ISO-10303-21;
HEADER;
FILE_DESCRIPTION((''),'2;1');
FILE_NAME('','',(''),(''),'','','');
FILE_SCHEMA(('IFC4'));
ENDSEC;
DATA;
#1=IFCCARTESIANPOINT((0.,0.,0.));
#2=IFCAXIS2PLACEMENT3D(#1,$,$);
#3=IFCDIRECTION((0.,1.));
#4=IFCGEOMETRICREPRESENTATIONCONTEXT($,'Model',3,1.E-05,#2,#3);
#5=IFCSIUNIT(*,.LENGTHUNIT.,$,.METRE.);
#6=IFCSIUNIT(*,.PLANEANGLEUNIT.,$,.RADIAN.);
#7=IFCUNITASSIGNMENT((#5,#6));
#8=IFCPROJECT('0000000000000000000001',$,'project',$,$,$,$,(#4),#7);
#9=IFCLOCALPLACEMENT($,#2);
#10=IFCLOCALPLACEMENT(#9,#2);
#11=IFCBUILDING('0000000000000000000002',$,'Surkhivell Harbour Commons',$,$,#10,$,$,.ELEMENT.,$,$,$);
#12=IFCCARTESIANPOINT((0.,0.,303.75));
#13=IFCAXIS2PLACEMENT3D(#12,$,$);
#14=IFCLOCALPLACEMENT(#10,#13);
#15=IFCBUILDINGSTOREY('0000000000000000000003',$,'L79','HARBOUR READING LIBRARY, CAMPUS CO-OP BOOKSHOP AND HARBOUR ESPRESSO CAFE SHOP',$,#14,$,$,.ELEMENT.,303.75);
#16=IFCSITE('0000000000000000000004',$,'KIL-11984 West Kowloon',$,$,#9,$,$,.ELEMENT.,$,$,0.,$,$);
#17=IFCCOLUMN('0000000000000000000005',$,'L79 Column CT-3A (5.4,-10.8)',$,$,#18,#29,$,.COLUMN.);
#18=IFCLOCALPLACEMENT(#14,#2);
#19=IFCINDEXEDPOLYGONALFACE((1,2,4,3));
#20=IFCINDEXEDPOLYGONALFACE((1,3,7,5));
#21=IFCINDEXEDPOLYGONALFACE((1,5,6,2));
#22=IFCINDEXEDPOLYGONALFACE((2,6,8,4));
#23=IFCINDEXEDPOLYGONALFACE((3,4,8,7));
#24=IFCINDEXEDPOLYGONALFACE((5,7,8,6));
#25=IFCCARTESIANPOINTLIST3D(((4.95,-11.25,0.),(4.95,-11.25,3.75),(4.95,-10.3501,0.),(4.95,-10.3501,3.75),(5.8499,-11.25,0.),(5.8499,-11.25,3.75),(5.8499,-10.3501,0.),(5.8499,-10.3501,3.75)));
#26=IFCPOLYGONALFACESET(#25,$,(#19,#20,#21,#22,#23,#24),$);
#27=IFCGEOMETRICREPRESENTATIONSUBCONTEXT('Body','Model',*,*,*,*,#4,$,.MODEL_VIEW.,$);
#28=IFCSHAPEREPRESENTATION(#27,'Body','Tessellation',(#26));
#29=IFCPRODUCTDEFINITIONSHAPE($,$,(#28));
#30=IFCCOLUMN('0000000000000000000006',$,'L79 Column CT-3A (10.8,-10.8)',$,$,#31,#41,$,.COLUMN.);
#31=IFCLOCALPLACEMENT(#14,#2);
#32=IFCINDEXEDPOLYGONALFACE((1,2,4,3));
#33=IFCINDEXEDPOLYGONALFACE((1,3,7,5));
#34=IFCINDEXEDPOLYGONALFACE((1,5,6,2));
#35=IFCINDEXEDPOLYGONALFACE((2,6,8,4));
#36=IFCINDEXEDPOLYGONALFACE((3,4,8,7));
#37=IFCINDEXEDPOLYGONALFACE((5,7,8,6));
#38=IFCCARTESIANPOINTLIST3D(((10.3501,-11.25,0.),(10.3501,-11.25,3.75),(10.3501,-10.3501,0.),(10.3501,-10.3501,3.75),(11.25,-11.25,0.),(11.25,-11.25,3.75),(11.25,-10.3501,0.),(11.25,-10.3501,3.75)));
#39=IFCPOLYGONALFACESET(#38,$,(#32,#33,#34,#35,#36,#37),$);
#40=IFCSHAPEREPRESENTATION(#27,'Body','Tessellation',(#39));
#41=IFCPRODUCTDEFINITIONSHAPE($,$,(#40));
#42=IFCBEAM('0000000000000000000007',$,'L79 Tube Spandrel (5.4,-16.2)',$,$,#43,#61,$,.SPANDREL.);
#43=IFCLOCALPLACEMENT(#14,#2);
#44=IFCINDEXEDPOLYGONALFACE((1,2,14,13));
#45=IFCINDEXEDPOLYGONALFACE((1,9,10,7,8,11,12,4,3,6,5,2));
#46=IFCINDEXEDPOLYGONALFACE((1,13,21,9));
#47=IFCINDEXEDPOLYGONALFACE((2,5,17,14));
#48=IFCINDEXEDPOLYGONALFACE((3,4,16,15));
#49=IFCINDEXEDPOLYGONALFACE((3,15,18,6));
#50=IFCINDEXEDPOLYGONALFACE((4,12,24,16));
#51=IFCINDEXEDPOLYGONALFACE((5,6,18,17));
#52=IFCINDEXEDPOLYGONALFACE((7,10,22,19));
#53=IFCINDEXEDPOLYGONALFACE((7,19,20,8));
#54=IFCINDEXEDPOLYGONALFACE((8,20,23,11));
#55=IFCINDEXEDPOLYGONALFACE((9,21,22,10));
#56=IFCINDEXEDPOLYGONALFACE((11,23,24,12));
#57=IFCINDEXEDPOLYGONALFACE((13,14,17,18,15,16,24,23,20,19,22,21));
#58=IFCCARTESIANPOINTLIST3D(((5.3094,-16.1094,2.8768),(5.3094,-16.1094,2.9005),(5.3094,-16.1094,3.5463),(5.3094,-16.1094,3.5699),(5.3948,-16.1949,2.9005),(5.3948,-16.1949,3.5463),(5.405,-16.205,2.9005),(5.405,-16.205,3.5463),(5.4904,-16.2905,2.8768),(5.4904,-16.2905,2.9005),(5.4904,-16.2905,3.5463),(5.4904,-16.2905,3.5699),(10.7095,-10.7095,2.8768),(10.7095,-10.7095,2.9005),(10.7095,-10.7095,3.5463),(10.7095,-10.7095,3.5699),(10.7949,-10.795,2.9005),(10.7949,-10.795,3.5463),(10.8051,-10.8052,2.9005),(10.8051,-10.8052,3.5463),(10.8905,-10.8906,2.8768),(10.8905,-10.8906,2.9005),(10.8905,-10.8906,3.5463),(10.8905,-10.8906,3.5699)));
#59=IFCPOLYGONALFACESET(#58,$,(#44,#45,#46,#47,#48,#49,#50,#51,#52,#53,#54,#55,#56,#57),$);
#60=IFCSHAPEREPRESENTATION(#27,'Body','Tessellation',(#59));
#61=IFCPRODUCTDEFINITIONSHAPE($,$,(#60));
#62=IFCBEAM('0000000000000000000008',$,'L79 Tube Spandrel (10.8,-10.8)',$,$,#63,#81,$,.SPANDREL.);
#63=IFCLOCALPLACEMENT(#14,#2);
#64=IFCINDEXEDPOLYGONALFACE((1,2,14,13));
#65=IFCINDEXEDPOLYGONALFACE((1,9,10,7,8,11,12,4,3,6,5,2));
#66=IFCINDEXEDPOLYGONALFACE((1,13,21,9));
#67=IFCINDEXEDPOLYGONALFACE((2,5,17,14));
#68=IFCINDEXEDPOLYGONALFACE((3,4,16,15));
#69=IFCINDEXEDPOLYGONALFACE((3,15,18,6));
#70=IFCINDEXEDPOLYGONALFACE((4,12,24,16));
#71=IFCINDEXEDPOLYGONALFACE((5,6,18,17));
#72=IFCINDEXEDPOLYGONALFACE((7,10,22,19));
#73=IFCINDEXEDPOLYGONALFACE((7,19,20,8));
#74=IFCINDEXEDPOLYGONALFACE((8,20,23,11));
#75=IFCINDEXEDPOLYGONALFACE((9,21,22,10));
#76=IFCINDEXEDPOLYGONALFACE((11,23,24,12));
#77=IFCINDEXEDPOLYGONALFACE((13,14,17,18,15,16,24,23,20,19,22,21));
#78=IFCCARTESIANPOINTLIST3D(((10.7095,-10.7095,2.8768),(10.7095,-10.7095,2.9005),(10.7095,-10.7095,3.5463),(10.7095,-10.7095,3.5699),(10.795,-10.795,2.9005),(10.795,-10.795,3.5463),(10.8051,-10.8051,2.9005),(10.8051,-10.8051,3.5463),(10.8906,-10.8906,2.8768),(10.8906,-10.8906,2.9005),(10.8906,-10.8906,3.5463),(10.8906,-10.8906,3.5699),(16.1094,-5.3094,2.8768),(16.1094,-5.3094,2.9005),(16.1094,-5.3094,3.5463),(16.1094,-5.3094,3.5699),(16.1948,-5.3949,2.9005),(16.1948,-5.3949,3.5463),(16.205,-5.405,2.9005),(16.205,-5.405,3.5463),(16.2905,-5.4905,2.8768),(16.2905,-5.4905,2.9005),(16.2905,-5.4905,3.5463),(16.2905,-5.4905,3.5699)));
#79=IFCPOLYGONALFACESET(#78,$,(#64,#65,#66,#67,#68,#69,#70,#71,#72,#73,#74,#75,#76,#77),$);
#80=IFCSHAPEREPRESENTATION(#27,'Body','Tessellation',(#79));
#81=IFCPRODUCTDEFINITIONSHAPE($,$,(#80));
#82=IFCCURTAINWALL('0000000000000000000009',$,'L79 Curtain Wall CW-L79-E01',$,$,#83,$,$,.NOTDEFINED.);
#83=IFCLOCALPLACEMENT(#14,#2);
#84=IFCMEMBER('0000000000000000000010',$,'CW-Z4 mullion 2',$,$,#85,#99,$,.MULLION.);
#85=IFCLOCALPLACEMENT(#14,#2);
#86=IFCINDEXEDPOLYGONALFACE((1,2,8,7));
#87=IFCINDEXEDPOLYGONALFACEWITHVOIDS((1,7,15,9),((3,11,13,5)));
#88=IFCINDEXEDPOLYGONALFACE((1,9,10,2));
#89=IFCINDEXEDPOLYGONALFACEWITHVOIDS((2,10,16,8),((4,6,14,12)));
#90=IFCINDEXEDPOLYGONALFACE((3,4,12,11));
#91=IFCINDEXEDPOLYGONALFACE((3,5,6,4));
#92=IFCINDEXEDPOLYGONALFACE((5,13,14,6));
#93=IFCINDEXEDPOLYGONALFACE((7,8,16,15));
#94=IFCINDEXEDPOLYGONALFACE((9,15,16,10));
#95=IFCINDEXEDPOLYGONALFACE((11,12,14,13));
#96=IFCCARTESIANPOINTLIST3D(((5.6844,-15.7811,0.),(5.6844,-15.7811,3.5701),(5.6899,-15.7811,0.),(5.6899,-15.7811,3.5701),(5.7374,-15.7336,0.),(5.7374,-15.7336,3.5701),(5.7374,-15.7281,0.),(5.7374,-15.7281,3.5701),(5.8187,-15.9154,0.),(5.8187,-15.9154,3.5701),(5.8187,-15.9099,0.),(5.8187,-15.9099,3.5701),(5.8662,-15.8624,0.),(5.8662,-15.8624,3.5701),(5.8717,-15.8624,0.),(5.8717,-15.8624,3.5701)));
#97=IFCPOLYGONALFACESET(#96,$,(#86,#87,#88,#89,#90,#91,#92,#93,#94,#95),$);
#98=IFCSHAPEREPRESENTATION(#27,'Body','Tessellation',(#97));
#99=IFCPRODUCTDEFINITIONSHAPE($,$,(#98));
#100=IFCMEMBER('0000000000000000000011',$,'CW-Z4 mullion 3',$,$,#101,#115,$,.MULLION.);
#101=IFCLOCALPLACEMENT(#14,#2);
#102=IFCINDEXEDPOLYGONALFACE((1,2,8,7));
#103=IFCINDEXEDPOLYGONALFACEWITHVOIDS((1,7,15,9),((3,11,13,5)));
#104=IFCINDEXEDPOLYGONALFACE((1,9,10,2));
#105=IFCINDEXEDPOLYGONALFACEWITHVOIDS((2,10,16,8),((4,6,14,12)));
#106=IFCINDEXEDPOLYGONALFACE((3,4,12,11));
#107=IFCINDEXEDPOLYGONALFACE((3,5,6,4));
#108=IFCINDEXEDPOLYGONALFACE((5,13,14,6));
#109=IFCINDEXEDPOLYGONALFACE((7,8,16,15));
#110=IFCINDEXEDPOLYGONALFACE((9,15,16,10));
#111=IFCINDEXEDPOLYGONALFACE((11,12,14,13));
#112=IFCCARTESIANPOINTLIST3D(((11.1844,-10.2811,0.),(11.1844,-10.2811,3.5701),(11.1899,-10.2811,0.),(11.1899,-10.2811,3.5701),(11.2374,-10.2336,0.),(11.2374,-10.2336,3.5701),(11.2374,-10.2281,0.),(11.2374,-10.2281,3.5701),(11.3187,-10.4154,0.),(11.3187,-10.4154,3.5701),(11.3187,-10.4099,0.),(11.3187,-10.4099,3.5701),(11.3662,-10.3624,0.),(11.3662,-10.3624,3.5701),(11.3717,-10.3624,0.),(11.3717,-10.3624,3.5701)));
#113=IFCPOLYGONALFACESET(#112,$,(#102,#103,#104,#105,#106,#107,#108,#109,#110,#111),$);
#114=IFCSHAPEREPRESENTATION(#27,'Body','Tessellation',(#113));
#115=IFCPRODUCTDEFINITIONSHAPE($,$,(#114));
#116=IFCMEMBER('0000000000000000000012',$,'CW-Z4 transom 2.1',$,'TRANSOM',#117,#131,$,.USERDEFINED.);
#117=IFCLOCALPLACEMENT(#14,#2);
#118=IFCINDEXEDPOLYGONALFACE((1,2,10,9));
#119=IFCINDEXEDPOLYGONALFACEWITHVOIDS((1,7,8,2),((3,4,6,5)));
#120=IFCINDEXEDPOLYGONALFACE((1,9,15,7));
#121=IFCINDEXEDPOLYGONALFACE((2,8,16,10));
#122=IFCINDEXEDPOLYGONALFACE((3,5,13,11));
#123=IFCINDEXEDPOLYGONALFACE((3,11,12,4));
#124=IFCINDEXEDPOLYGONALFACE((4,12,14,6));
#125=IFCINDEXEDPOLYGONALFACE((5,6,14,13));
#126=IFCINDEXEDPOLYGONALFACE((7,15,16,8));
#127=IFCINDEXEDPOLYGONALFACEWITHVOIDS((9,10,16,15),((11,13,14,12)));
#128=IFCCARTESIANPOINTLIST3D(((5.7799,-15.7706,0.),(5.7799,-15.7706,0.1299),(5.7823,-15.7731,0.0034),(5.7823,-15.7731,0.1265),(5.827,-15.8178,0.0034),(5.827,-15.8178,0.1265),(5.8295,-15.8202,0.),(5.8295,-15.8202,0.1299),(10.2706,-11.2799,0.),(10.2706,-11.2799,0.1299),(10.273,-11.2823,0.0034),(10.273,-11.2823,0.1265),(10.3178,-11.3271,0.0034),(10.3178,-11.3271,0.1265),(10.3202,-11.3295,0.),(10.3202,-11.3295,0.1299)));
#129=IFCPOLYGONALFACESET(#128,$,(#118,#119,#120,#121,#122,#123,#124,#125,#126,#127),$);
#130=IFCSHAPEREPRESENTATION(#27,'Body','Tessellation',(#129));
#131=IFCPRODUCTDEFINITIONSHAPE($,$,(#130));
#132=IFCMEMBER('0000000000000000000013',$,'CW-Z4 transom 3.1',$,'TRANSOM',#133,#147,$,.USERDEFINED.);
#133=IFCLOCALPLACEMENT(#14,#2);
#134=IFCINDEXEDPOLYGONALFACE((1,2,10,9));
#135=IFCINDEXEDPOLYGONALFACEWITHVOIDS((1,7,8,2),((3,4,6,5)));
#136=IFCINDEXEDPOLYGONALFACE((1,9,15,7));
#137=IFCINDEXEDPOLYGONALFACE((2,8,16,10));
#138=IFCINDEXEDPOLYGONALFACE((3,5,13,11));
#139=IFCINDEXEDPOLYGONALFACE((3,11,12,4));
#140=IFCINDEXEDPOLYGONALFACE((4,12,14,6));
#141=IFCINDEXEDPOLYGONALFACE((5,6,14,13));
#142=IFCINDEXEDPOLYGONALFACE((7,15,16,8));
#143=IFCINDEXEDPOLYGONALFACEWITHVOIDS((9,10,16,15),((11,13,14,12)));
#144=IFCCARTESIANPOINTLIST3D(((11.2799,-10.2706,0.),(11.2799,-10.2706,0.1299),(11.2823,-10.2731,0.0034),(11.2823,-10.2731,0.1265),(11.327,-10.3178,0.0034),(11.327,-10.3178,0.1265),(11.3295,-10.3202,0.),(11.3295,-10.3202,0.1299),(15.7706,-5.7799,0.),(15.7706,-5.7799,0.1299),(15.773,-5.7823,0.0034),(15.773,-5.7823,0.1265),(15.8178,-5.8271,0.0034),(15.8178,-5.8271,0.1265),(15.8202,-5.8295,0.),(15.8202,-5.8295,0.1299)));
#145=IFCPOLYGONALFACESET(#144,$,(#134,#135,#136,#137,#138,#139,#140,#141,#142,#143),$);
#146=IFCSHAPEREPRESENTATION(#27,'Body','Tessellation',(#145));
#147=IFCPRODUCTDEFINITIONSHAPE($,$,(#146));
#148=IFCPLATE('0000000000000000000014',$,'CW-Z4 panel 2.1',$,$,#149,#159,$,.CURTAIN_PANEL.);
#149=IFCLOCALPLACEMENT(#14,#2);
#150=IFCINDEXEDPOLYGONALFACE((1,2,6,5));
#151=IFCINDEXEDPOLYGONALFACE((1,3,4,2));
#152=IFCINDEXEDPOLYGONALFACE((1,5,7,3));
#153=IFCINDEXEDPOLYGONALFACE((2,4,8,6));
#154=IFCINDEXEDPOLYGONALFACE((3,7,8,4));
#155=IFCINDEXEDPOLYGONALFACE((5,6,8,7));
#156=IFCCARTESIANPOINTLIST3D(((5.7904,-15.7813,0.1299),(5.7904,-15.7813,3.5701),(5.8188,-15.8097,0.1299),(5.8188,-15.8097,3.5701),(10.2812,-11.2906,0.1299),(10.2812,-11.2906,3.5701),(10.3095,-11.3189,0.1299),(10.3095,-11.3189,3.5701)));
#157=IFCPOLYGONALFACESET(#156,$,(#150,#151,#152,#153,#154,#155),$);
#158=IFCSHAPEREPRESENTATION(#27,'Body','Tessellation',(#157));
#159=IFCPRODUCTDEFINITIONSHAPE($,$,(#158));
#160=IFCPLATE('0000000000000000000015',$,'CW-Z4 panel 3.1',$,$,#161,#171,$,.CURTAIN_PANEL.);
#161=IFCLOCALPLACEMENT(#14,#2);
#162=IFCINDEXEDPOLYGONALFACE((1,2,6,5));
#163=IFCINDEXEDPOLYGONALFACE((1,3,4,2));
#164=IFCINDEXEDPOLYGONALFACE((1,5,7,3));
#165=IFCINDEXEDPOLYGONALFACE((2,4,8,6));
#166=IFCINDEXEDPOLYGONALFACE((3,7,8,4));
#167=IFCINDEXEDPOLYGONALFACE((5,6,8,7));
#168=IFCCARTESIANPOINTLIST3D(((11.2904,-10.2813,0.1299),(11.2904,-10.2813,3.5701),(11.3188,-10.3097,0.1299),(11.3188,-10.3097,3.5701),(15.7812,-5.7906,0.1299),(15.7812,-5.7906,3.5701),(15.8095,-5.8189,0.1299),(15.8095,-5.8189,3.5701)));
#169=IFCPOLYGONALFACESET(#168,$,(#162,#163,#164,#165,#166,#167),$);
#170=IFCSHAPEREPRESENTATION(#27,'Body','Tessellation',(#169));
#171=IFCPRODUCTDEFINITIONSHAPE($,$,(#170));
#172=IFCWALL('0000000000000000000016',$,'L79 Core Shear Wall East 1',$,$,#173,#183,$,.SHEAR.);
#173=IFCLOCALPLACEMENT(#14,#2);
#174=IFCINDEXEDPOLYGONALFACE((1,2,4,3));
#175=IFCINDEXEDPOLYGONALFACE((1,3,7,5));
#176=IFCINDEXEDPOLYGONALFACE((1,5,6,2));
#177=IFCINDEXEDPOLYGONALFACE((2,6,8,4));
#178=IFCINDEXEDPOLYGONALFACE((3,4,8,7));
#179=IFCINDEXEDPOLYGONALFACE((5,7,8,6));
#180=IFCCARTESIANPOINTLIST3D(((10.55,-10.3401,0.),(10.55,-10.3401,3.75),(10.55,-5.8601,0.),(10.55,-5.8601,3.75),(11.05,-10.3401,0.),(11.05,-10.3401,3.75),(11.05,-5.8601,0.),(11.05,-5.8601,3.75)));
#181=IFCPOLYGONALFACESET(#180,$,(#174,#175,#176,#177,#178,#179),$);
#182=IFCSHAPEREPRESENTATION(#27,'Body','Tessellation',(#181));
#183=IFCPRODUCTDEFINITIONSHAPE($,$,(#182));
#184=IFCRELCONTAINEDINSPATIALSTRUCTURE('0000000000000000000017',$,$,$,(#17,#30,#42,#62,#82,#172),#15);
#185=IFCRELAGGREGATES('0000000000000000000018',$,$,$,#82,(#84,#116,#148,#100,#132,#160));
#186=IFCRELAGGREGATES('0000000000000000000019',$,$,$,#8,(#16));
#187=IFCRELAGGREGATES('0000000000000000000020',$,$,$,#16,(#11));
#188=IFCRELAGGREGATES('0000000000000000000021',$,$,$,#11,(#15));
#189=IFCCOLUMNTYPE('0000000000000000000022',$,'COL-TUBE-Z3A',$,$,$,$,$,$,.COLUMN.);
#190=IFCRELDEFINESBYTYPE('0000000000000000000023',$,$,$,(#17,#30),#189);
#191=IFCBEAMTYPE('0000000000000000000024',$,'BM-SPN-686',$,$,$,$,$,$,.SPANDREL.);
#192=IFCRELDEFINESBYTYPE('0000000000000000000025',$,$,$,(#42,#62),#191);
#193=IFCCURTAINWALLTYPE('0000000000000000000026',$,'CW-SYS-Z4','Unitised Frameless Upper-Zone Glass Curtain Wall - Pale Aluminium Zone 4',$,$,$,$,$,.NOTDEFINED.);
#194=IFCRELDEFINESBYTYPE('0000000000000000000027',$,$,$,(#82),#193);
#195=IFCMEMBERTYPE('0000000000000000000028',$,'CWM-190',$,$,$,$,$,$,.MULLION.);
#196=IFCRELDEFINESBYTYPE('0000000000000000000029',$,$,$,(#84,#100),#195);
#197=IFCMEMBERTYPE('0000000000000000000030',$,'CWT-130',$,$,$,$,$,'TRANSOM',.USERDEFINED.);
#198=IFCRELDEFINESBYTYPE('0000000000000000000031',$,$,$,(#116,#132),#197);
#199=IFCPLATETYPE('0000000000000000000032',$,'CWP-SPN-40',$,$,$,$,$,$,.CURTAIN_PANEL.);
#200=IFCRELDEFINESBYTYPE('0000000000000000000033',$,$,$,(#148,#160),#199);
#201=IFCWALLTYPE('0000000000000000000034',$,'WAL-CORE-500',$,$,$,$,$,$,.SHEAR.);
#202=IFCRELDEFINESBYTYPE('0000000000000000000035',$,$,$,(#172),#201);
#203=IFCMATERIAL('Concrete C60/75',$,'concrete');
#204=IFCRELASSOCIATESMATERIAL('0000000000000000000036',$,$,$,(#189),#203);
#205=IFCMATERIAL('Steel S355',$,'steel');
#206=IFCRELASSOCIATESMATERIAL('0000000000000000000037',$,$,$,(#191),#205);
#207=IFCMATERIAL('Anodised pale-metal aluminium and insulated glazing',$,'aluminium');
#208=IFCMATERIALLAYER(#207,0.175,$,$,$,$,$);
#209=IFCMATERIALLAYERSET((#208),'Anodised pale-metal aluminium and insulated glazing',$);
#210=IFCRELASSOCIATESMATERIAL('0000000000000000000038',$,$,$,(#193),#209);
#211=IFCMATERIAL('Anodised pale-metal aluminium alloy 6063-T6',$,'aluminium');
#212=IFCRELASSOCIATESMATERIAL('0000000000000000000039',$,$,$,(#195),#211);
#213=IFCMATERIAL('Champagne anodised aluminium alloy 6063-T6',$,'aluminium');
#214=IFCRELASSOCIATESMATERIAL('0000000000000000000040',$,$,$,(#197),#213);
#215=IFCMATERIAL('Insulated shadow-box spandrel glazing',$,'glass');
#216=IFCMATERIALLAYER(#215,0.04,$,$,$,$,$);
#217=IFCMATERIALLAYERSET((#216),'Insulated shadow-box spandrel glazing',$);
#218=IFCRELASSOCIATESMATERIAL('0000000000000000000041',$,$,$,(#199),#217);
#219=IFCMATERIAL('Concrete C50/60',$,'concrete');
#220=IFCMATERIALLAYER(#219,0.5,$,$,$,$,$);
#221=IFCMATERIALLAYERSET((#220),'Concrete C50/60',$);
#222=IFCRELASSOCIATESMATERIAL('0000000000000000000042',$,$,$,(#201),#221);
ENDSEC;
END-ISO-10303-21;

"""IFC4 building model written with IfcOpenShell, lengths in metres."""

from ifc_helpers import new_model, si_unit, direction, frame, frame_2d, origin, origin_2d, place, context, subcontext, project, spatial, rectangle, hollow_rectangle, i_section, extrude, material, layer, layer_set, material_profile, profile_set, type_object, element, aggregate, save


model = new_model("IFC4")

# Units and contexts
model_context = context("Model", 3, precision=1e-05, world=origin(), true_north=direction((0.0, 1.0)))
body_context = subcontext(model_context, "Body", "Model", "MODEL_VIEW")
ifc_project = project(units=[si_unit("LENGTHUNIT", "METRE"), si_unit("PLANEANGLEUNIT", "RADIAN")], contexts=[model_context])

# Site, building, storey
site_placement = place(None, origin())
site = spatial("IfcSite", under=ifc_project, at=site_placement, Name="KIL-11984 West Kowloon", CompositionType="ELEMENT", RefElevation=0.0)
building_placement = place(site_placement, origin())
building = spatial("IfcBuilding", under=site, at=building_placement, Name="Surkhivell Harbour Commons", CompositionType="ELEMENT")
storey_placement = place(building_placement, frame((0.0, 0.0, 303.75)))
storey = spatial("IfcBuildingStorey", under=building, at=storey_placement, Name="L79", Description="HARBOUR READING LIBRARY, CAMPUS CO-OP BOOKSHOP AND HARBOUR ESPRESSO CAFE SHOP", CompositionType="ELEMENT", Elevation=303.75)

# Columns
ifc_material_1 = material(Name="Concrete C60/75", Category="concrete")
ifc_material_profile_1 = material_profile(ifc_material_1, rectangle(XDim=0.8999, YDim=0.8999, at=origin_2d()), Name="RC-COL-900x900")
ifc_profile_set_1 = profile_set([ifc_material_profile_1], Name="Concrete C60/75")
column_type = type_object("IfcColumnType", Name="COL-TUBE-Z3A", PredefinedType="COLUMN", material=ifc_profile_set_1)
for number, where, z_axis, x_axis, name in (
    (1, (5.3999, -10.8, 0.0), (0.0, 0.0, 1.0), (1.0, 0.0, 0.0), "L79 Column CT-3A (5.4,-10.8)"),
    (2, (10.8, -10.8, 0.0), (0.0, 0.0, 1.0), (1.0, 0.0, 0.0), "L79 Column CT-3A (10.8,-10.8)"),
):
    element("IfcColumn", number, at=place(storey_placement, frame(where, z_axis=z_axis, x_axis=x_axis)), inside=storey, type_object=column_type, Name=name, PredefinedType="COLUMN", context=body_context, shape_type="SweptSolid", body=[
        extrude(rectangle(XDim=0.8999, YDim=0.8999, at=origin_2d()), origin(), (0.0, 0.0, 1.0), 3.75),
    ])

# Beams
ifc_material_2 = material(Name="Steel S355", Category="steel")
ifc_material_profile_2 = material_profile(ifc_material_2, i_section(OverallWidth=0.2561, OverallDepth=0.6931, WebThickness=0.0144, FlangeThickness=0.0237, at=origin_2d()), Name="UB686x254x170")
ifc_profile_set_2 = profile_set([ifc_material_profile_2], Name="Steel S355")
beam_type = type_object("IfcBeamType", Name="BM-SPN-686", PredefinedType="SPANDREL", material=ifc_profile_set_2)
for number, where, z_axis, x_axis, name in (
    (3, (5.3999, -16.2, 3.2234), (0.707123, 0.707091, 0.0), (-0.707091, 0.707123, 0.0), "L79 Tube Spandrel (5.4,-16.2)"),
    (4, (10.8, -10.8, 3.2234), (0.707091, 0.707123, 0.0), (-0.707123, 0.707091, 0.0), "L79 Tube Spandrel (10.8,-10.8)"),
):
    element("IfcBeam", number, at=place(storey_placement, frame(where, z_axis=z_axis, x_axis=x_axis)), inside=storey, type_object=beam_type, Name=name, PredefinedType="SPANDREL", context=body_context, shape_type="SweptSolid", body=[
        extrude(i_section(OverallWidth=0.2561, OverallDepth=0.6931, WebThickness=0.0144, FlangeThickness=0.0237, at=origin_2d()), origin(), (0.0, 0.0, 1.0), 7.6367),
    ])

# Curtain wall, members, plates
ifc_material_3 = material(Name="Anodised pale-metal aluminium and insulated glazing", Category="aluminium")
ifc_layer_1 = layer(ifc_material_3, 0.175)
ifc_layer_set_1 = layer_set([ifc_layer_1], Name="Anodised pale-metal aluminium and insulated glazing")
curtain_wall_type = type_object("IfcCurtainWallType", Name="CW-SYS-Z4", Description="Unitised Frameless Upper-Zone Glass Curtain Wall - Pale Aluminium Zone 4", PredefinedType="NOTDEFINED", material=ifc_layer_set_1)
curtain_wall_placement = place(storey_placement, origin())
curtain_wall = element("IfcCurtainWall", 5, at=curtain_wall_placement, inside=storey, type_object=curtain_wall_type, Name="L79 Curtain Wall CW-L79-E01", PredefinedType="NOTDEFINED")
ifc_material_4 = material(Name="Anodised pale-metal aluminium alloy 6063-T6", Category="aluminium")
ifc_material_profile_3 = material_profile(ifc_material_4, hollow_rectangle(XDim=0.075, YDim=0.1899, WallThickness=0.0039, at=origin_2d()), Name="ALU-MULL-75x190")
ifc_profile_set_3 = profile_set([ifc_material_profile_3], Name="Anodised pale-metal aluminium alloy 6063-T6")
member_type_1 = type_object("IfcMemberType", Name="CWM-190", PredefinedType="MULLION", material=ifc_profile_set_3)
member_1_placement = place(storey_placement, frame((5.7781, -15.8218, 0.0), z_axis=(0.0, 0.0, 1.0), x_axis=(0.707107, 0.707107, 0.0)))
member_1 = element("IfcMember", 6, at=member_1_placement, type_object=member_type_1, Name="CW-Z4 mullion 2", PredefinedType="MULLION", context=body_context, shape_type="SweptSolid", body=[
    extrude(hollow_rectangle(XDim=0.075, YDim=0.1899, WallThickness=0.0039, at=origin_2d()), origin(), (0.0, 0.0, 1.0), 3.5701),
])
member_2_placement = place(storey_placement, frame((11.2781, -10.3218, 0.0), z_axis=(0.0, 0.0, 1.0), x_axis=(0.707107, 0.707107, 0.0)))
member_2 = element("IfcMember", 7, at=member_2_placement, type_object=member_type_1, Name="CW-Z4 mullion 3", PredefinedType="MULLION", context=body_context, shape_type="SweptSolid", body=[
    extrude(hollow_rectangle(XDim=0.075, YDim=0.1899, WallThickness=0.0039, at=origin_2d()), origin(), (0.0, 0.0, 1.0), 3.5701),
])
ifc_material_5 = material(Name="Champagne anodised aluminium alloy 6063-T6", Category="aluminium")
ifc_material_profile_4 = material_profile(ifc_material_5, hollow_rectangle(XDim=0.0701, YDim=0.1299, WallThickness=0.0034, at=origin_2d()), Name="ALU-TRAN-70x130")
ifc_profile_set_4 = profile_set([ifc_material_profile_4], Name="Champagne anodised aluminium alloy 6063-T6")
member_type_2 = type_object("IfcMemberType", Name="CWT-130", ElementType="TRANSOM", PredefinedType="USERDEFINED", material=ifc_profile_set_4)
member_3_placement = place(storey_placement, frame((5.8047, -15.7954, 0.0649), z_axis=(0.707107, 0.707107, 0.0), x_axis=(-0.707107, 0.707107, 0.0)))
member_3 = element("IfcMember", 8, at=member_3_placement, type_object=member_type_2, Name="CW-Z4 transom 2.1", ObjectType="TRANSOM", PredefinedType="USERDEFINED", context=body_context, shape_type="SweptSolid", body=[
    extrude(hollow_rectangle(XDim=0.0701, YDim=0.1299, WallThickness=0.0034, at=origin_2d()), origin(), (0.0, 0.0, 1.0), 6.3508),
])
member_4_placement = place(storey_placement, frame((11.3047, -10.2954, 0.0649), z_axis=(0.707107, 0.707107, 0.0), x_axis=(-0.707107, 0.707107, 0.0)))
member_4 = element("IfcMember", 9, at=member_4_placement, type_object=member_type_2, Name="CW-Z4 transom 3.1", ObjectType="TRANSOM", PredefinedType="USERDEFINED", context=body_context, shape_type="SweptSolid", body=[
    extrude(hollow_rectangle(XDim=0.0701, YDim=0.1299, WallThickness=0.0034, at=origin_2d()), origin(), (0.0, 0.0, 1.0), 6.3508),
])
ifc_material_6 = material(Name="Insulated shadow-box spandrel glazing", Category="glass")
ifc_layer_2 = layer(ifc_material_6, 0.04)
ifc_layer_set_2 = layer_set([ifc_layer_2], Name="Insulated shadow-box spandrel glazing")
plate_type = type_object("IfcPlateType", Name="CWP-SPN-40", PredefinedType="CURTAIN_PANEL", material=ifc_layer_set_2)
plate_1_placement = place(storey_placement, frame((5.8047, -15.7954, 0.1299), z_axis=(0.0, 0.0, 1.0), x_axis=(0.707107, 0.707107, 0.0)))
plate_1 = element("IfcPlate", 10, at=plate_1_placement, type_object=plate_type, Name="CW-Z4 panel 2.1", PredefinedType="CURTAIN_PANEL", context=body_context, shape_type="SweptSolid", body=[
    extrude(rectangle(XDim=6.3508, YDim=0.04, at=frame_2d((3.1753, 0.0))), origin(), (0.0, 0.0, 1.0), 3.4402),
])
plate_2_placement = place(storey_placement, frame((11.3047, -10.2954, 0.1299), z_axis=(0.0, 0.0, 1.0), x_axis=(0.707107, 0.707107, 0.0)))
plate_2 = element("IfcPlate", 11, at=plate_2_placement, type_object=plate_type, Name="CW-Z4 panel 3.1", PredefinedType="CURTAIN_PANEL", context=body_context, shape_type="SweptSolid", body=[
    extrude(rectangle(XDim=6.3508, YDim=0.04, at=frame_2d((3.1753, 0.0))), origin(), (0.0, 0.0, 1.0), 3.4402),
])
aggregate(curtain_wall, [member_1, member_3, plate_1, member_2, member_4, plate_2])

# Wall
ifc_material_7 = material(Name="Concrete C50/60", Category="concrete")
ifc_layer_3 = layer(ifc_material_7, 0.5)
ifc_layer_set_3 = layer_set([ifc_layer_3], Name="Concrete C50/60")
wall_type_1 = type_object("IfcWallType", Name="WAL-CORE-500", PredefinedType="SHEAR", material=ifc_layer_set_3)
for number, where, z_axis, x_axis, name in (
    (12, (10.8, -10.3401, 0.0), (0.0, 0.0, 1.0), (0.0, 1.0, 0.0), "L79 Core Shear Wall East 1"),
):
    element("IfcWall", number, at=place(storey_placement, frame(where, z_axis=z_axis, x_axis=x_axis)), inside=storey, type_object=wall_type_1, Name=name, PredefinedType="SHEAR", context=body_context, shape_type="SweptSolid", body=[
        extrude(rectangle(XDim=4.48, YDim=0.5, at=frame_2d((2.24, 0.0))), origin(), (0.0, 0.0, 1.0), 3.75),
    ])

save(model, "model.ifc")
